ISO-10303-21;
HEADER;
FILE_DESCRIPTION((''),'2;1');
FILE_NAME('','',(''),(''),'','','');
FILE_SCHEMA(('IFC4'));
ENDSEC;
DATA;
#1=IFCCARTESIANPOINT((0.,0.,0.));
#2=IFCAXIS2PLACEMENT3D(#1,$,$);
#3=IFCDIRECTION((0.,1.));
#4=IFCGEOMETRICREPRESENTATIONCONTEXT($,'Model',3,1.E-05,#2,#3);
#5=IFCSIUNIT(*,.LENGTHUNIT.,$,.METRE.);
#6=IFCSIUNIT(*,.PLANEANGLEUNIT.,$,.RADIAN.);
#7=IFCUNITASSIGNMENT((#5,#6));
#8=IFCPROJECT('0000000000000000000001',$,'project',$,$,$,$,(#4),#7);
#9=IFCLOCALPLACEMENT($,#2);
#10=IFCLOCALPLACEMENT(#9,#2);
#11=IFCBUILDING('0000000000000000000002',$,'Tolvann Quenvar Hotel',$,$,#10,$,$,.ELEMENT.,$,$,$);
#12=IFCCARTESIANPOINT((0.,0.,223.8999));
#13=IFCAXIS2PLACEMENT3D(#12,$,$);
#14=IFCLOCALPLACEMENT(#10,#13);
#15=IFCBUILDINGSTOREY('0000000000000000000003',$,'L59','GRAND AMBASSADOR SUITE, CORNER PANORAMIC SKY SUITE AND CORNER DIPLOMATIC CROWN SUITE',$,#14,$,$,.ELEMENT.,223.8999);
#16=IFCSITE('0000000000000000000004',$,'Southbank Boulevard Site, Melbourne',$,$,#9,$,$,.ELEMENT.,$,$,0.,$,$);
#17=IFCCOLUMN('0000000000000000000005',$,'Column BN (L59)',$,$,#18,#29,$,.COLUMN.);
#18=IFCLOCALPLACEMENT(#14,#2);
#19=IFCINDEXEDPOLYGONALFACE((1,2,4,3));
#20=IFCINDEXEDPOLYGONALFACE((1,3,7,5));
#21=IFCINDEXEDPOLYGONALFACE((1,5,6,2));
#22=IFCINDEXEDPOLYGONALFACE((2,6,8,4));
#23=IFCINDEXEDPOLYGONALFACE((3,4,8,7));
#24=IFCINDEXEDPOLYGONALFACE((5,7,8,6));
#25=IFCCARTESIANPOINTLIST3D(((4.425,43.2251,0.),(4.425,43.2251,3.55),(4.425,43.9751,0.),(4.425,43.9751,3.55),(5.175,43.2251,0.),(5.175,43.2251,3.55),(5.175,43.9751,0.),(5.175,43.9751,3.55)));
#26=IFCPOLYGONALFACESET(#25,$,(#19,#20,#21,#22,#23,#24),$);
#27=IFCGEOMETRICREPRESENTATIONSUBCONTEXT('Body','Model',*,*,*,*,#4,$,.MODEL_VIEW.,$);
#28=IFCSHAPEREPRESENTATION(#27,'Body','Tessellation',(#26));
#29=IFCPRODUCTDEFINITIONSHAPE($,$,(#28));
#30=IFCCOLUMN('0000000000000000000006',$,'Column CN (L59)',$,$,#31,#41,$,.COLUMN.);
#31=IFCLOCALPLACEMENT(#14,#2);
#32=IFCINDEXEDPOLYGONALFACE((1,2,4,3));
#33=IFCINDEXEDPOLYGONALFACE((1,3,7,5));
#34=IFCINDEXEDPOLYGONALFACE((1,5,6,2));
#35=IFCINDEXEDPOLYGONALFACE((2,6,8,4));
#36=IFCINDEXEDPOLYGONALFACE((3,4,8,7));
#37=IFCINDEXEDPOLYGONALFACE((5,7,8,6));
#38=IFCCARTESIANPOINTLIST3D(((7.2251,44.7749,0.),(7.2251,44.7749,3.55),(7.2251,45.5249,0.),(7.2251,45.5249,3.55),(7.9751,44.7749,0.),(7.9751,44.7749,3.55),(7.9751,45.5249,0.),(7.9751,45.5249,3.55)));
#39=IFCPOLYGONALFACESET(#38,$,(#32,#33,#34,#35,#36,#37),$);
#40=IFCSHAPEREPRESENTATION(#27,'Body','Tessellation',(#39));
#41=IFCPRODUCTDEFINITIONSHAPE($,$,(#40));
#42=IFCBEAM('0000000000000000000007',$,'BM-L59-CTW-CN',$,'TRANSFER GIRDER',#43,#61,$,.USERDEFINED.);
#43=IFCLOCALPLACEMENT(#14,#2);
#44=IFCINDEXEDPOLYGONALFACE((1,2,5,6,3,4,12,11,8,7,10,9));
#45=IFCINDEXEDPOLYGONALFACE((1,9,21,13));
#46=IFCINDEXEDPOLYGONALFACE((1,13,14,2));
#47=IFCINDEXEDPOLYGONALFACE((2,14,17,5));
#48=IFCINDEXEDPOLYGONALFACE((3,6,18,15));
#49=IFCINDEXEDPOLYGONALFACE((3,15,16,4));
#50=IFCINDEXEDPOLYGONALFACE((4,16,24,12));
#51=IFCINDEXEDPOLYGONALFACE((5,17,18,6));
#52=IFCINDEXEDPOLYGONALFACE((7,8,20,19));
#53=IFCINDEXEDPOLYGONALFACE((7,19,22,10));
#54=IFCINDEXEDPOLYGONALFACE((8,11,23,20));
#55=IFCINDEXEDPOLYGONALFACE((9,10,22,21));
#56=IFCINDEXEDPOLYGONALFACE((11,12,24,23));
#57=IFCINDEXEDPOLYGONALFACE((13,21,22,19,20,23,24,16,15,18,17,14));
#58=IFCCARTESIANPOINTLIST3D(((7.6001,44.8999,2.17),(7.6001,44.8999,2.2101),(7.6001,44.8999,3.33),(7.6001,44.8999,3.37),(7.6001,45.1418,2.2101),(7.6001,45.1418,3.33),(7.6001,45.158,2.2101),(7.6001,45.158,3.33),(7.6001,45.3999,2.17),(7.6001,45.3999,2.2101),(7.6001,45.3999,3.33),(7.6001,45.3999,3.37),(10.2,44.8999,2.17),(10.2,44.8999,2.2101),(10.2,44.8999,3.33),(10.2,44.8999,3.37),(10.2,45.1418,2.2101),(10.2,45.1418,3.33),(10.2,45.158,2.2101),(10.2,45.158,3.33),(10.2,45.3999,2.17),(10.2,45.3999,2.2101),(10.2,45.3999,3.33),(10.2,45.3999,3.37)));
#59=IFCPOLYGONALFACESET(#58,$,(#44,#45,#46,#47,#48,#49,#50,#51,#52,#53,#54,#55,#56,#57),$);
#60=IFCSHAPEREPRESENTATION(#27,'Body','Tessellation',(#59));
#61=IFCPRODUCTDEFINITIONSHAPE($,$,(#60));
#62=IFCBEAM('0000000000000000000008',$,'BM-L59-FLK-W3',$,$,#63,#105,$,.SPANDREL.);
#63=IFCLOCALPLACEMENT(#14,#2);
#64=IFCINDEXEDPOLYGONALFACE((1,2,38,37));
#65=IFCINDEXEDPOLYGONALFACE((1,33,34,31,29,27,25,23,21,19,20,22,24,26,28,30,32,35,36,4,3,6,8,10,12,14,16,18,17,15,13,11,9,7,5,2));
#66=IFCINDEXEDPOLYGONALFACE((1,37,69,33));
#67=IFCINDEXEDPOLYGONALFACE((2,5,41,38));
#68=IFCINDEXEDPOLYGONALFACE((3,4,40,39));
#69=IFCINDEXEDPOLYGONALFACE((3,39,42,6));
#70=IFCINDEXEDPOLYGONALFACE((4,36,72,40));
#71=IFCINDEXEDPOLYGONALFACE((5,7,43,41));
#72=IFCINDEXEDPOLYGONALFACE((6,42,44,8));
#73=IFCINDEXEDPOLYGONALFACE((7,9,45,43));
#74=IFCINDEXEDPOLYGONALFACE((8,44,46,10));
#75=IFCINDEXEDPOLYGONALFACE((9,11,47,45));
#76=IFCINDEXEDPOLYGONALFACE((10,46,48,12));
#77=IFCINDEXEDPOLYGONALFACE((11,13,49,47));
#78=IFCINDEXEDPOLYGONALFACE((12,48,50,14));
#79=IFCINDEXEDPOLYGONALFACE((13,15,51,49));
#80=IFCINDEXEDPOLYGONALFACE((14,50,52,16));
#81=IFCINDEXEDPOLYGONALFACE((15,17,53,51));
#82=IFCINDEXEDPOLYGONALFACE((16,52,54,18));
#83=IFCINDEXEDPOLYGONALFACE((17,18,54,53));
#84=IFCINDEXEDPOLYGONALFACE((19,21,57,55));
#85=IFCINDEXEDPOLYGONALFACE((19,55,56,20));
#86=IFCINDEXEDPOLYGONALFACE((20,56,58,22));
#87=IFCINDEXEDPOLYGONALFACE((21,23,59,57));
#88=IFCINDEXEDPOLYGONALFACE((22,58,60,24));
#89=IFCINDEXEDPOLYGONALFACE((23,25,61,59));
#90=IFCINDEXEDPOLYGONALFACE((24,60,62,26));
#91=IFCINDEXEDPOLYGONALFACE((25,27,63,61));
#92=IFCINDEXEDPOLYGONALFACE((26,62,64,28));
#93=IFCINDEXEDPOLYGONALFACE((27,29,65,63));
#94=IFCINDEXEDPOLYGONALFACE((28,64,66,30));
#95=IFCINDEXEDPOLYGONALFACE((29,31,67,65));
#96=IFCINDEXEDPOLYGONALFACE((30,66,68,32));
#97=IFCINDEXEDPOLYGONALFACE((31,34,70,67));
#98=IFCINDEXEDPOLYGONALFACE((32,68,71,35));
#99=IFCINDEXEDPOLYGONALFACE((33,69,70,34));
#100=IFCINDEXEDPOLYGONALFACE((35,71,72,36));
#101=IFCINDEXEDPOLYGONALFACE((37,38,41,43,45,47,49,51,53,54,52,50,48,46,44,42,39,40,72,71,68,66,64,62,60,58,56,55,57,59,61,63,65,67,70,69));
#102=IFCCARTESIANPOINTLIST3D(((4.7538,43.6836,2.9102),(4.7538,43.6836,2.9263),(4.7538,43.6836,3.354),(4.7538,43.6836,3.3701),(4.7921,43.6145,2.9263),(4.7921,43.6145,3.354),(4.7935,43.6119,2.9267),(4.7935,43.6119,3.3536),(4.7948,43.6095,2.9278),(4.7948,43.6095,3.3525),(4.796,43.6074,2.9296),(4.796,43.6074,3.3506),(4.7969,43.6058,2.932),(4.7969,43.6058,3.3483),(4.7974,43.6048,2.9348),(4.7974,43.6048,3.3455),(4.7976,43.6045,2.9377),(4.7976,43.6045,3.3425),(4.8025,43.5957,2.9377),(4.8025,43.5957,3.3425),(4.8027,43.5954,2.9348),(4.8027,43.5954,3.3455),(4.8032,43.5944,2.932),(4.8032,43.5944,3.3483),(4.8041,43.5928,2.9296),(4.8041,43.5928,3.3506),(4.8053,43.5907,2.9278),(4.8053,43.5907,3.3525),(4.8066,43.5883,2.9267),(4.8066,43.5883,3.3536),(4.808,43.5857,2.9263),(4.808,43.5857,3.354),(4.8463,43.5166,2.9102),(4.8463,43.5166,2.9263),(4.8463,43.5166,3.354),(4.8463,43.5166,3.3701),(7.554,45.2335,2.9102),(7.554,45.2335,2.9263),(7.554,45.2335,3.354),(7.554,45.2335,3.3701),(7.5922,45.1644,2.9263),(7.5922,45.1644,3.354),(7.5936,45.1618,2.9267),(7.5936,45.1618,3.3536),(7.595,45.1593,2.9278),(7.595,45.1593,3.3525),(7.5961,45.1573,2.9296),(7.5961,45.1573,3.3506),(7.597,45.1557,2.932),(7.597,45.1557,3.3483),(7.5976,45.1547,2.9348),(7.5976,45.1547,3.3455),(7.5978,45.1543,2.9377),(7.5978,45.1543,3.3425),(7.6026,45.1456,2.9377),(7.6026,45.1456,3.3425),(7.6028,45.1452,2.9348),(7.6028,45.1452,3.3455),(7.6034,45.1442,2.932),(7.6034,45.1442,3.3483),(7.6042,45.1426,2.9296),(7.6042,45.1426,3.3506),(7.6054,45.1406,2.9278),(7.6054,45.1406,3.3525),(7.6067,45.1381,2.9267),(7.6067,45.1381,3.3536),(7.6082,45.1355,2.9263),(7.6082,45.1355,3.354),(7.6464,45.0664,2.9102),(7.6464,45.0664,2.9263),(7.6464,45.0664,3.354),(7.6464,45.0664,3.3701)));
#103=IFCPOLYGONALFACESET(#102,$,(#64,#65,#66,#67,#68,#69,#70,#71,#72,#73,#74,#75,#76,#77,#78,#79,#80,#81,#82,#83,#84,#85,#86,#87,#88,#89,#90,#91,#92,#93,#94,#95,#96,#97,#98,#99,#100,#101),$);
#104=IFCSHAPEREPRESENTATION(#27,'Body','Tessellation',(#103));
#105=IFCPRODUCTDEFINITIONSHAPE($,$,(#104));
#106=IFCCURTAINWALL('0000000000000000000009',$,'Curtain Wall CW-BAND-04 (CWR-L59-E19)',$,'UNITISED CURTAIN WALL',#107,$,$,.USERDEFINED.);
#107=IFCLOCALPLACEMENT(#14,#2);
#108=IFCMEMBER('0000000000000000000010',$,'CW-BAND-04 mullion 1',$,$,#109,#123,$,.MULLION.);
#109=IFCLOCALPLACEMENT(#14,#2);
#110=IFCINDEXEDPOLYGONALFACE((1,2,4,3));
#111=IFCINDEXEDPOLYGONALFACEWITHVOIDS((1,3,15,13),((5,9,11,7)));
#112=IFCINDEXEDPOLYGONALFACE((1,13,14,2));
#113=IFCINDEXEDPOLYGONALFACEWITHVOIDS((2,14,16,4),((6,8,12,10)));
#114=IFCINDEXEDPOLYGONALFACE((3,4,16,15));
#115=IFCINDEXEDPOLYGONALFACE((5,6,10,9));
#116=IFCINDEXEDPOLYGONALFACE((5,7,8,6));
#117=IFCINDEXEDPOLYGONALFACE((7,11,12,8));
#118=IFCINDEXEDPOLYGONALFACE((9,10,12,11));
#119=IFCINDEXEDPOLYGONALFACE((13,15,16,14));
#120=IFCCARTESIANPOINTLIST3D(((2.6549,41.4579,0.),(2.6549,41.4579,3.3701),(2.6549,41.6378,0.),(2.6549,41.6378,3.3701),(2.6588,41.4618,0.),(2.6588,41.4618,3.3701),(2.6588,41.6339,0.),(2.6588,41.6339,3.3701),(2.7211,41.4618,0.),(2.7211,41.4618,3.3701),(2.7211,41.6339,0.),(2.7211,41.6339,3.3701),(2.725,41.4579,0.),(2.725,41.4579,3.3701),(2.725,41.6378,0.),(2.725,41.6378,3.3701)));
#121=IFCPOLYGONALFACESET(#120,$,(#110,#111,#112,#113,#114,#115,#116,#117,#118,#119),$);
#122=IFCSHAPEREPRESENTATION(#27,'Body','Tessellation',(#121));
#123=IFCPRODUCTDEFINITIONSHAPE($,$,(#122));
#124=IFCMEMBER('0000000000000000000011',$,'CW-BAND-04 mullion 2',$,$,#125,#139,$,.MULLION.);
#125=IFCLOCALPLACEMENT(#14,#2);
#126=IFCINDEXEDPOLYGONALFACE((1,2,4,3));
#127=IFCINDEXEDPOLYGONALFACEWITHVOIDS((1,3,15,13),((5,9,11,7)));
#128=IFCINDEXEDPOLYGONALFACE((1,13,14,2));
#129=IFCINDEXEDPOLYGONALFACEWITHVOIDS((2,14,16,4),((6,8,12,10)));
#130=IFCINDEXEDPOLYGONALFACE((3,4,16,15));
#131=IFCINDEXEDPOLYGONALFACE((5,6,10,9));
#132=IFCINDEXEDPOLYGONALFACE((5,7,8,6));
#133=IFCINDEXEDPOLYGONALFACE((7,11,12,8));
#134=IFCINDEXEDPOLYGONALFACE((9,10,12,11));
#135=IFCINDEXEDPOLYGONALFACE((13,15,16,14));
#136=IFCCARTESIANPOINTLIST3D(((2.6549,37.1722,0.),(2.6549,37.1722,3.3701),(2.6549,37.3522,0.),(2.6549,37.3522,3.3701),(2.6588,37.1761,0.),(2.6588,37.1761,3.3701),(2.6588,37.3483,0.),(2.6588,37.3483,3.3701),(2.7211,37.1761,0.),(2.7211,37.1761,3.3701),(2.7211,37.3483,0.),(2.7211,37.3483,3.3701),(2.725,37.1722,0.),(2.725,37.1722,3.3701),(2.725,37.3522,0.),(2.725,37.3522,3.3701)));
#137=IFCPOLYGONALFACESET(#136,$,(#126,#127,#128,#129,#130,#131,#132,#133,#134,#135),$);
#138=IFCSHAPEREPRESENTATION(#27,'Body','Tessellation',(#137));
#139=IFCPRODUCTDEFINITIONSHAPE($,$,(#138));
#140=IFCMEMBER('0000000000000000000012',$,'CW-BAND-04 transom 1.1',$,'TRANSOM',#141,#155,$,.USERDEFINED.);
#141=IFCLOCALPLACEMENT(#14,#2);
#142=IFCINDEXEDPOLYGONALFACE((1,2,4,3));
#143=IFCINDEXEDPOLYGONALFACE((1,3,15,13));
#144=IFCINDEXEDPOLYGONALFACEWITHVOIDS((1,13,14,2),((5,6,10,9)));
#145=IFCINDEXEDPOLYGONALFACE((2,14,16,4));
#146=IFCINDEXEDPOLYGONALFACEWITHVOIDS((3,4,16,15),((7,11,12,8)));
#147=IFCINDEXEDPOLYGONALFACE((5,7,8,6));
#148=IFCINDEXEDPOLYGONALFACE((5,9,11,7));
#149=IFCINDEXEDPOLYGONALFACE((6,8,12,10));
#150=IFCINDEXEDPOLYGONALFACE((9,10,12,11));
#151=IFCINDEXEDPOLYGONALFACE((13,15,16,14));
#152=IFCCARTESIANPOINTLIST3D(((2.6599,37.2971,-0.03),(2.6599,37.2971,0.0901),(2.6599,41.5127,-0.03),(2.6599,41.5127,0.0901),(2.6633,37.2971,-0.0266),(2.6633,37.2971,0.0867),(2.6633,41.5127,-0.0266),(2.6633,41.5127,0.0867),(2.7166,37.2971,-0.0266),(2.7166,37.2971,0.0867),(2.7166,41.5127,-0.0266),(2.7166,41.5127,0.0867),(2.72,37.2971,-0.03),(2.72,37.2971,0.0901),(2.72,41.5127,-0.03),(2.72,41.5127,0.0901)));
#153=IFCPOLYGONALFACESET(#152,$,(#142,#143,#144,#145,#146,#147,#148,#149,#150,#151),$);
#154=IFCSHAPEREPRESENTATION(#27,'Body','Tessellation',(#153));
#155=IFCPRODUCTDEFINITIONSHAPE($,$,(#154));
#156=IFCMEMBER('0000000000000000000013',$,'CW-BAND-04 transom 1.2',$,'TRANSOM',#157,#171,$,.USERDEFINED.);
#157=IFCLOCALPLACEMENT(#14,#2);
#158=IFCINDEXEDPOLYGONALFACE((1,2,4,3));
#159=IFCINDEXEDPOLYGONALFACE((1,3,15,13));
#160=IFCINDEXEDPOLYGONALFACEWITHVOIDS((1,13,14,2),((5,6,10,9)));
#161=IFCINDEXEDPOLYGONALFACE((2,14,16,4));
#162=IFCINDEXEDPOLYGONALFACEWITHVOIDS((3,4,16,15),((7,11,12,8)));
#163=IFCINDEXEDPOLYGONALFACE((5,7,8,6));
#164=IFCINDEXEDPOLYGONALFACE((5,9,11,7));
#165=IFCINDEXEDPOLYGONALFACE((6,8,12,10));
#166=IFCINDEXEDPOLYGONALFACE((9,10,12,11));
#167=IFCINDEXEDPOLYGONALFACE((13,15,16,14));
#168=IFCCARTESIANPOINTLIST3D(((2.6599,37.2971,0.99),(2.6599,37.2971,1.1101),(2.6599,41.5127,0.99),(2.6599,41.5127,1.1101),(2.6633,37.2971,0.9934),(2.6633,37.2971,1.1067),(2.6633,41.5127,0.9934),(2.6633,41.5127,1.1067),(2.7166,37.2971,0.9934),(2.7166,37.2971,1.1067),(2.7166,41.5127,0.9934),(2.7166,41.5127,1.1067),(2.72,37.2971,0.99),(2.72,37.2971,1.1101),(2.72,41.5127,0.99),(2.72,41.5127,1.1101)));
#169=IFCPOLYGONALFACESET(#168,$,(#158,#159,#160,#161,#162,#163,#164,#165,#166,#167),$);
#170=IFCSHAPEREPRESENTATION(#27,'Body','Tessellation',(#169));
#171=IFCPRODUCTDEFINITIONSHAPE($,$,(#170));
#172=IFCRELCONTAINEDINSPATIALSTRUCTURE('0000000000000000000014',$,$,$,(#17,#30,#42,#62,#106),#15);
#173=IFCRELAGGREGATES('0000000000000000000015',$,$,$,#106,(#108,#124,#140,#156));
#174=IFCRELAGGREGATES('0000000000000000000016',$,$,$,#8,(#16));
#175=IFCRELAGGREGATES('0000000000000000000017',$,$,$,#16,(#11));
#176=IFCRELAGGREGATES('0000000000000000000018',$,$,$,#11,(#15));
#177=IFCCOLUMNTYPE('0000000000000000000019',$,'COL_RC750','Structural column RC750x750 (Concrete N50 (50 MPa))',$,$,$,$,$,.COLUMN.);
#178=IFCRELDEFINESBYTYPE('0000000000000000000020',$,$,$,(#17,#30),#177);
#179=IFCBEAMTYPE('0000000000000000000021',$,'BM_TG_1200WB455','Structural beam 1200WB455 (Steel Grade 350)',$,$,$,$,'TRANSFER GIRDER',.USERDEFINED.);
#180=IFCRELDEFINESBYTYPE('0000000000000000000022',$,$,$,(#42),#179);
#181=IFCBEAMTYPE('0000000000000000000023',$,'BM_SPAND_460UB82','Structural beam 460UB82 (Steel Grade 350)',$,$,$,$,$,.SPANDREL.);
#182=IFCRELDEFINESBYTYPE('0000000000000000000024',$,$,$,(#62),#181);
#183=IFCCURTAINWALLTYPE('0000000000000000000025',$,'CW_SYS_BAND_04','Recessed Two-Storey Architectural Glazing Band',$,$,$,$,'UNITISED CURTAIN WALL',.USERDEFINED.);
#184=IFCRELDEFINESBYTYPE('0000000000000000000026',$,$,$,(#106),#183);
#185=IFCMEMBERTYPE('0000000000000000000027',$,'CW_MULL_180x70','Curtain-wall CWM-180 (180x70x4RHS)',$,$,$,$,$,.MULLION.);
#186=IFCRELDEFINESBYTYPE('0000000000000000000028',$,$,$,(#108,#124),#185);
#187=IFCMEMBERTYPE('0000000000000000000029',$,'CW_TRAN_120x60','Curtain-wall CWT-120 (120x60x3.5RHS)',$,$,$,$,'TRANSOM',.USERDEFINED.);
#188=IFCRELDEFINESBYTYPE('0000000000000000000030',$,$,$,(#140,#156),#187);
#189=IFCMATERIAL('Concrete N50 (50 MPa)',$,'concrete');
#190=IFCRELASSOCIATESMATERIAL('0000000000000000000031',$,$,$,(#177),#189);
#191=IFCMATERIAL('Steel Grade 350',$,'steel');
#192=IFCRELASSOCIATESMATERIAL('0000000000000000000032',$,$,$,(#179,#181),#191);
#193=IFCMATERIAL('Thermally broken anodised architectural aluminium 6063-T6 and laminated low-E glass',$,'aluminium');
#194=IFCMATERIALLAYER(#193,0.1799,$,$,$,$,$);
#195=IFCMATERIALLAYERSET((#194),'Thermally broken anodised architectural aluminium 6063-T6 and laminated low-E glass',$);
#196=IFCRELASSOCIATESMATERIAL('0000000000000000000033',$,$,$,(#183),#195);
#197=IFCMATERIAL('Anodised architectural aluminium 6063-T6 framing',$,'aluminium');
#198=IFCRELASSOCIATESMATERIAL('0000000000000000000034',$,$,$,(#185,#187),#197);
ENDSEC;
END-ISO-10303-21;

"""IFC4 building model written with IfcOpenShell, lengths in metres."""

from ifc_helpers import new_model, si_unit, direction, frame, origin, origin_2d, place, context, subcontext, project, spatial, rectangle, hollow_rectangle, i_section, extrude, source, transform, mapped, material, layer, layer_set, material_profile, profile_set, type_object, type_shapes, element, aggregate, save


model = new_model("IFC4")

# Units and contexts
model_context = context("Model", 3, precision=1e-05, world=origin(), true_north=direction((0.0, 1.0)))
body_context = subcontext(model_context, "Body", "Model", "MODEL_VIEW")
ifc_project = project(units=[si_unit("LENGTHUNIT", "METRE"), si_unit("PLANEANGLEUNIT", "RADIAN")], contexts=[model_context])

# Site, building, storey
site_placement = place(None, origin())
site = spatial("IfcSite", under=ifc_project, at=site_placement, Name="Southbank Boulevard Site, Melbourne", CompositionType="ELEMENT", RefElevation=0.0)
building_placement = place(site_placement, origin())
building = spatial("IfcBuilding", under=site, at=building_placement, Name="Tolvann Quenvar Hotel", CompositionType="ELEMENT")
storey_placement = place(building_placement, frame((0.0, 0.0, 223.8999)))
storey = spatial("IfcBuildingStorey", under=building, at=storey_placement, Name="L59", Description="GRAND AMBASSADOR SUITE, CORNER PANORAMIC SKY SUITE AND CORNER DIPLOMATIC CROWN SUITE", CompositionType="ELEMENT", Elevation=223.8999)

# Columns
ifc_material_1 = material(Name="Concrete N50 (50 MPa)", Category="concrete")
ifc_material_profile_1 = material_profile(ifc_material_1, rectangle(XDim=0.75, YDim=0.75, at=origin_2d()), Name="RC750x750")
ifc_profile_set_1 = profile_set([ifc_material_profile_1], Name="Concrete N50 (50 MPa)")
column_type = type_object("IfcColumnType", Name="COL_RC750", Description="Structural column RC750x750 (Concrete N50 (50 MPa))", PredefinedType="COLUMN", material=ifc_profile_set_1)
shared_shape_1 = source(origin(), body_context, "Body", "SweptSolid", [
    extrude(rectangle(XDim=0.75, YDim=0.75, at=origin_2d()), origin(), (0.0, 0.0, 1.0), 3.55),
])
type_shapes(column_type, [shared_shape_1])
for number, where, z_axis, x_axis, name in (
    (1, (4.8, 43.6001, 0.0), (0.0, 0.0, 1.0), (1.0, 0.0, 0.0), "Column BN (L59)"),
    (2, (7.6001, 45.1499, 0.0), (0.0, 0.0, 1.0), (1.0, 0.0, 0.0), "Column CN (L59)"),
):
    element("IfcColumn", number, at=place(storey_placement, frame(where, z_axis=z_axis, x_axis=x_axis)), inside=storey, type_object=column_type, Name=name, PredefinedType="COLUMN", context=body_context, shape_type="MappedRepresentation", body=[
        mapped(shared_shape_1, transform((0.0, 0.0, 0.0), x_axis=(1.0, 0.0, 0.0), y_axis=(0.0, 1.0, 0.0), z_axis=(0.0, 0.0, 1.0), scale=1.0)),
    ])

# Beams
ifc_material_2 = material(Name="Steel Grade 350", Category="steel")
ifc_material_profile_2 = material_profile(ifc_material_2, i_section(OverallWidth=0.5, OverallDepth=1.2, WebThickness=0.0161, FlangeThickness=0.04, at=origin_2d()), Name="1200WB455")
ifc_profile_set_2 = profile_set([ifc_material_profile_2], Name="Steel Grade 350")
beam_type_1 = type_object("IfcBeamType", Name="BM_TG_1200WB455", Description="Structural beam 1200WB455 (Steel Grade 350)", ElementType="TRANSFER GIRDER", PredefinedType="USERDEFINED", material=ifc_profile_set_2)
shared_shape_2 = source(origin(), body_context, "Body", "SweptSolid", [
    extrude(i_section(OverallWidth=0.5, OverallDepth=1.2, WebThickness=0.0161, FlangeThickness=0.04, at=origin_2d()), origin(), (0.0, 0.0, 1.0), 2.5999),
])
type_shapes(beam_type_1, [shared_shape_2])
beam_1_placement = place(storey_placement, frame((7.6001, 45.1499, 2.77), z_axis=(1.0, 0.0, 0.0), x_axis=(0.0, 1.0, 0.0)))
element("IfcBeam", 3, at=beam_1_placement, inside=storey, type_object=beam_type_1, Name="BM-L59-CTW-CN", ObjectType="TRANSFER GIRDER", PredefinedType="USERDEFINED", context=body_context, shape_type="MappedRepresentation", body=[
    mapped(shared_shape_2, transform((0.0, 0.0, 0.0), x_axis=(1.0, 0.0, 0.0), y_axis=(0.0, 1.0, 0.0), z_axis=(0.0, 0.0, 1.0), scale=1.0)),
])
ifc_material_profile_3 = material_profile(ifc_material_2, i_section(OverallWidth=0.1909, OverallDepth=0.46, WebThickness=0.01, FlangeThickness=0.0161, FilletRadius=0.0115, at=origin_2d()), Name="460UB82")
ifc_profile_set_3 = profile_set([ifc_material_profile_3], Name="Steel Grade 350")
beam_type_2 = type_object("IfcBeamType", Name="BM_SPAND_460UB82", Description="Structural beam 460UB82 (Steel Grade 350)", PredefinedType="SPANDREL", material=ifc_profile_set_3)
shared_shape_3 = source(origin(), body_context, "Body", "SweptSolid", [
    extrude(i_section(OverallWidth=0.1909, OverallDepth=0.46, WebThickness=0.01, FlangeThickness=0.0161, FilletRadius=0.0115, at=origin_2d()), origin(), (0.0, 0.0, 1.0), 3.2004),
])
type_shapes(beam_type_2, [shared_shape_3])
beam_2_placement = place(storey_placement, frame((4.8, 43.6001, 3.1401), z_axis=(0.874923, 0.484263, 0.0), x_axis=(-0.484263, 0.874923, 0.0)))
element("IfcBeam", 4, at=beam_2_placement, inside=storey, type_object=beam_type_2, Name="BM-L59-FLK-W3", PredefinedType="SPANDREL", context=body_context, shape_type="MappedRepresentation", body=[
    mapped(shared_shape_3, transform((0.0, 0.0, 0.0), x_axis=(1.0, 0.0, 0.0), y_axis=(0.0, 1.0, 0.0), z_axis=(0.0, 0.0, 1.0), scale=1.0)),
])

# Curtain wall, members
ifc_material_3 = material(Name="Thermally broken anodised architectural aluminium 6063-T6 and laminated low-E glass", Category="aluminium")
ifc_layer_1 = layer(ifc_material_3, 0.1799)
ifc_layer_set_1 = layer_set([ifc_layer_1], Name="Thermally broken anodised architectural aluminium 6063-T6 and laminated low-E glass")
curtain_wall_type = type_object("IfcCurtainWallType", Name="CW_SYS_BAND_04", Description="Recessed Two-Storey Architectural Glazing Band", ElementType="UNITISED CURTAIN WALL", PredefinedType="USERDEFINED", material=ifc_layer_set_1)
curtain_wall_placement = place(storey_placement, origin())
curtain_wall = element("IfcCurtainWall", 5, at=curtain_wall_placement, inside=storey, type_object=curtain_wall_type, Name="Curtain Wall CW-BAND-04 (CWR-L59-E19)", ObjectType="UNITISED CURTAIN WALL", PredefinedType="USERDEFINED")
ifc_material_4 = material(Name="Anodised architectural aluminium 6063-T6 framing", Category="aluminium")
ifc_material_profile_4 = material_profile(ifc_material_4, hollow_rectangle(XDim=0.0701, YDim=0.1799, WallThickness=0.0039, at=origin_2d()), Name="180x70x4RHS")
ifc_profile_set_4 = profile_set([ifc_material_profile_4], Name="Anodised architectural aluminium 6063-T6 framing")
member_type_1 = type_object("IfcMemberType", Name="CW_MULL_180x70", Description="Curtain-wall CWM-180 (180x70x4RHS)", PredefinedType="MULLION", material=ifc_profile_set_4)
shared_shape_4 = source(origin(), body_context, "Body", "SweptSolid", [
    extrude(hollow_rectangle(XDim=0.0701, YDim=0.1799, WallThickness=0.0039, at=origin_2d()), origin(), (0.0, 0.0, 1.0), 3.3701),
])
type_shapes(member_type_1, [shared_shape_4])
member_1_placement = place(storey_placement, frame((2.6899, 41.5479, 0.0), z_axis=(0.0, 0.0, 1.0), x_axis=(1.0, 0.0, 0.0)))
member_1 = element("IfcMember", 6, at=member_1_placement, type_object=member_type_1, Name="CW-BAND-04 mullion 1", PredefinedType="MULLION", context=body_context, shape_type="MappedRepresentation", body=[
    mapped(shared_shape_4, transform((0.0, 0.0, 0.0), x_axis=(1.0, 0.0, 0.0), y_axis=(0.0, 1.0, 0.0), z_axis=(0.0, 0.0, 1.0), scale=1.0)),
])
member_2_placement = place(storey_placement, frame((2.6899, 37.2622, 0.0), z_axis=(0.0, 0.0, 1.0), x_axis=(1.0, 0.0, 0.0)))
member_2 = element("IfcMember", 7, at=member_2_placement, type_object=member_type_1, Name="CW-BAND-04 mullion 2", PredefinedType="MULLION", context=body_context, shape_type="MappedRepresentation", body=[
    mapped(shared_shape_4, transform((0.0, 0.0, 0.0), x_axis=(1.0, 0.0, 0.0), y_axis=(0.0, 1.0, 0.0), z_axis=(0.0, 0.0, 1.0), scale=1.0)),
])
ifc_material_profile_5 = material_profile(ifc_material_4, hollow_rectangle(XDim=0.0601, YDim=0.1201, WallThickness=0.0034, at=origin_2d()), Name="120x60x3.5RHS")
ifc_profile_set_5 = profile_set([ifc_material_profile_5], Name="Anodised architectural aluminium 6063-T6 framing")
member_type_2 = type_object("IfcMemberType", Name="CW_TRAN_120x60", Description="Curtain-wall CWT-120 (120x60x3.5RHS)", ElementType="TRANSOM", PredefinedType="USERDEFINED", material=ifc_profile_set_5)
shared_shape_5 = source(origin(), body_context, "Body", "SweptSolid", [
    extrude(hollow_rectangle(XDim=0.0601, YDim=0.1201, WallThickness=0.0034, at=origin_2d()), origin(), (0.0, 0.0, 1.0), 4.2156),
])
member_3_placement = place(storey_placement, frame((2.6899, 41.5127, 0.03), z_axis=(0.0, -1.0, 0.0), x_axis=(1.0, 0.0, 0.0)))
member_3 = element("IfcMember", 8, at=member_3_placement, type_object=member_type_2, Name="CW-BAND-04 transom 1.1", ObjectType="TRANSOM", PredefinedType="USERDEFINED", context=body_context, shape_type="MappedRepresentation", body=[
    mapped(shared_shape_5, transform((0.0, 0.0, 0.0), x_axis=(1.0, 0.0, 0.0), y_axis=(0.0, 1.0, 0.0), z_axis=(0.0, 0.0, 1.0), scale=1.0)),
])
member_4_placement = place(storey_placement, frame((2.6899, 41.5127, 1.05), z_axis=(0.0, -1.0, 0.0), x_axis=(1.0, 0.0, 0.0)))
member_4 = element("IfcMember", 9, at=member_4_placement, type_object=member_type_2, Name="CW-BAND-04 transom 1.2", ObjectType="TRANSOM", PredefinedType="USERDEFINED", context=body_context, shape_type="MappedRepresentation", body=[
    mapped(shared_shape_5, transform((0.0, 0.0, 0.0), x_axis=(1.0, 0.0, 0.0), y_axis=(0.0, 1.0, 0.0), z_axis=(0.0, 0.0, 1.0), scale=1.0)),
])
aggregate(curtain_wall, [member_1, member_2, member_3, member_4])

save(model, "model.ifc")
